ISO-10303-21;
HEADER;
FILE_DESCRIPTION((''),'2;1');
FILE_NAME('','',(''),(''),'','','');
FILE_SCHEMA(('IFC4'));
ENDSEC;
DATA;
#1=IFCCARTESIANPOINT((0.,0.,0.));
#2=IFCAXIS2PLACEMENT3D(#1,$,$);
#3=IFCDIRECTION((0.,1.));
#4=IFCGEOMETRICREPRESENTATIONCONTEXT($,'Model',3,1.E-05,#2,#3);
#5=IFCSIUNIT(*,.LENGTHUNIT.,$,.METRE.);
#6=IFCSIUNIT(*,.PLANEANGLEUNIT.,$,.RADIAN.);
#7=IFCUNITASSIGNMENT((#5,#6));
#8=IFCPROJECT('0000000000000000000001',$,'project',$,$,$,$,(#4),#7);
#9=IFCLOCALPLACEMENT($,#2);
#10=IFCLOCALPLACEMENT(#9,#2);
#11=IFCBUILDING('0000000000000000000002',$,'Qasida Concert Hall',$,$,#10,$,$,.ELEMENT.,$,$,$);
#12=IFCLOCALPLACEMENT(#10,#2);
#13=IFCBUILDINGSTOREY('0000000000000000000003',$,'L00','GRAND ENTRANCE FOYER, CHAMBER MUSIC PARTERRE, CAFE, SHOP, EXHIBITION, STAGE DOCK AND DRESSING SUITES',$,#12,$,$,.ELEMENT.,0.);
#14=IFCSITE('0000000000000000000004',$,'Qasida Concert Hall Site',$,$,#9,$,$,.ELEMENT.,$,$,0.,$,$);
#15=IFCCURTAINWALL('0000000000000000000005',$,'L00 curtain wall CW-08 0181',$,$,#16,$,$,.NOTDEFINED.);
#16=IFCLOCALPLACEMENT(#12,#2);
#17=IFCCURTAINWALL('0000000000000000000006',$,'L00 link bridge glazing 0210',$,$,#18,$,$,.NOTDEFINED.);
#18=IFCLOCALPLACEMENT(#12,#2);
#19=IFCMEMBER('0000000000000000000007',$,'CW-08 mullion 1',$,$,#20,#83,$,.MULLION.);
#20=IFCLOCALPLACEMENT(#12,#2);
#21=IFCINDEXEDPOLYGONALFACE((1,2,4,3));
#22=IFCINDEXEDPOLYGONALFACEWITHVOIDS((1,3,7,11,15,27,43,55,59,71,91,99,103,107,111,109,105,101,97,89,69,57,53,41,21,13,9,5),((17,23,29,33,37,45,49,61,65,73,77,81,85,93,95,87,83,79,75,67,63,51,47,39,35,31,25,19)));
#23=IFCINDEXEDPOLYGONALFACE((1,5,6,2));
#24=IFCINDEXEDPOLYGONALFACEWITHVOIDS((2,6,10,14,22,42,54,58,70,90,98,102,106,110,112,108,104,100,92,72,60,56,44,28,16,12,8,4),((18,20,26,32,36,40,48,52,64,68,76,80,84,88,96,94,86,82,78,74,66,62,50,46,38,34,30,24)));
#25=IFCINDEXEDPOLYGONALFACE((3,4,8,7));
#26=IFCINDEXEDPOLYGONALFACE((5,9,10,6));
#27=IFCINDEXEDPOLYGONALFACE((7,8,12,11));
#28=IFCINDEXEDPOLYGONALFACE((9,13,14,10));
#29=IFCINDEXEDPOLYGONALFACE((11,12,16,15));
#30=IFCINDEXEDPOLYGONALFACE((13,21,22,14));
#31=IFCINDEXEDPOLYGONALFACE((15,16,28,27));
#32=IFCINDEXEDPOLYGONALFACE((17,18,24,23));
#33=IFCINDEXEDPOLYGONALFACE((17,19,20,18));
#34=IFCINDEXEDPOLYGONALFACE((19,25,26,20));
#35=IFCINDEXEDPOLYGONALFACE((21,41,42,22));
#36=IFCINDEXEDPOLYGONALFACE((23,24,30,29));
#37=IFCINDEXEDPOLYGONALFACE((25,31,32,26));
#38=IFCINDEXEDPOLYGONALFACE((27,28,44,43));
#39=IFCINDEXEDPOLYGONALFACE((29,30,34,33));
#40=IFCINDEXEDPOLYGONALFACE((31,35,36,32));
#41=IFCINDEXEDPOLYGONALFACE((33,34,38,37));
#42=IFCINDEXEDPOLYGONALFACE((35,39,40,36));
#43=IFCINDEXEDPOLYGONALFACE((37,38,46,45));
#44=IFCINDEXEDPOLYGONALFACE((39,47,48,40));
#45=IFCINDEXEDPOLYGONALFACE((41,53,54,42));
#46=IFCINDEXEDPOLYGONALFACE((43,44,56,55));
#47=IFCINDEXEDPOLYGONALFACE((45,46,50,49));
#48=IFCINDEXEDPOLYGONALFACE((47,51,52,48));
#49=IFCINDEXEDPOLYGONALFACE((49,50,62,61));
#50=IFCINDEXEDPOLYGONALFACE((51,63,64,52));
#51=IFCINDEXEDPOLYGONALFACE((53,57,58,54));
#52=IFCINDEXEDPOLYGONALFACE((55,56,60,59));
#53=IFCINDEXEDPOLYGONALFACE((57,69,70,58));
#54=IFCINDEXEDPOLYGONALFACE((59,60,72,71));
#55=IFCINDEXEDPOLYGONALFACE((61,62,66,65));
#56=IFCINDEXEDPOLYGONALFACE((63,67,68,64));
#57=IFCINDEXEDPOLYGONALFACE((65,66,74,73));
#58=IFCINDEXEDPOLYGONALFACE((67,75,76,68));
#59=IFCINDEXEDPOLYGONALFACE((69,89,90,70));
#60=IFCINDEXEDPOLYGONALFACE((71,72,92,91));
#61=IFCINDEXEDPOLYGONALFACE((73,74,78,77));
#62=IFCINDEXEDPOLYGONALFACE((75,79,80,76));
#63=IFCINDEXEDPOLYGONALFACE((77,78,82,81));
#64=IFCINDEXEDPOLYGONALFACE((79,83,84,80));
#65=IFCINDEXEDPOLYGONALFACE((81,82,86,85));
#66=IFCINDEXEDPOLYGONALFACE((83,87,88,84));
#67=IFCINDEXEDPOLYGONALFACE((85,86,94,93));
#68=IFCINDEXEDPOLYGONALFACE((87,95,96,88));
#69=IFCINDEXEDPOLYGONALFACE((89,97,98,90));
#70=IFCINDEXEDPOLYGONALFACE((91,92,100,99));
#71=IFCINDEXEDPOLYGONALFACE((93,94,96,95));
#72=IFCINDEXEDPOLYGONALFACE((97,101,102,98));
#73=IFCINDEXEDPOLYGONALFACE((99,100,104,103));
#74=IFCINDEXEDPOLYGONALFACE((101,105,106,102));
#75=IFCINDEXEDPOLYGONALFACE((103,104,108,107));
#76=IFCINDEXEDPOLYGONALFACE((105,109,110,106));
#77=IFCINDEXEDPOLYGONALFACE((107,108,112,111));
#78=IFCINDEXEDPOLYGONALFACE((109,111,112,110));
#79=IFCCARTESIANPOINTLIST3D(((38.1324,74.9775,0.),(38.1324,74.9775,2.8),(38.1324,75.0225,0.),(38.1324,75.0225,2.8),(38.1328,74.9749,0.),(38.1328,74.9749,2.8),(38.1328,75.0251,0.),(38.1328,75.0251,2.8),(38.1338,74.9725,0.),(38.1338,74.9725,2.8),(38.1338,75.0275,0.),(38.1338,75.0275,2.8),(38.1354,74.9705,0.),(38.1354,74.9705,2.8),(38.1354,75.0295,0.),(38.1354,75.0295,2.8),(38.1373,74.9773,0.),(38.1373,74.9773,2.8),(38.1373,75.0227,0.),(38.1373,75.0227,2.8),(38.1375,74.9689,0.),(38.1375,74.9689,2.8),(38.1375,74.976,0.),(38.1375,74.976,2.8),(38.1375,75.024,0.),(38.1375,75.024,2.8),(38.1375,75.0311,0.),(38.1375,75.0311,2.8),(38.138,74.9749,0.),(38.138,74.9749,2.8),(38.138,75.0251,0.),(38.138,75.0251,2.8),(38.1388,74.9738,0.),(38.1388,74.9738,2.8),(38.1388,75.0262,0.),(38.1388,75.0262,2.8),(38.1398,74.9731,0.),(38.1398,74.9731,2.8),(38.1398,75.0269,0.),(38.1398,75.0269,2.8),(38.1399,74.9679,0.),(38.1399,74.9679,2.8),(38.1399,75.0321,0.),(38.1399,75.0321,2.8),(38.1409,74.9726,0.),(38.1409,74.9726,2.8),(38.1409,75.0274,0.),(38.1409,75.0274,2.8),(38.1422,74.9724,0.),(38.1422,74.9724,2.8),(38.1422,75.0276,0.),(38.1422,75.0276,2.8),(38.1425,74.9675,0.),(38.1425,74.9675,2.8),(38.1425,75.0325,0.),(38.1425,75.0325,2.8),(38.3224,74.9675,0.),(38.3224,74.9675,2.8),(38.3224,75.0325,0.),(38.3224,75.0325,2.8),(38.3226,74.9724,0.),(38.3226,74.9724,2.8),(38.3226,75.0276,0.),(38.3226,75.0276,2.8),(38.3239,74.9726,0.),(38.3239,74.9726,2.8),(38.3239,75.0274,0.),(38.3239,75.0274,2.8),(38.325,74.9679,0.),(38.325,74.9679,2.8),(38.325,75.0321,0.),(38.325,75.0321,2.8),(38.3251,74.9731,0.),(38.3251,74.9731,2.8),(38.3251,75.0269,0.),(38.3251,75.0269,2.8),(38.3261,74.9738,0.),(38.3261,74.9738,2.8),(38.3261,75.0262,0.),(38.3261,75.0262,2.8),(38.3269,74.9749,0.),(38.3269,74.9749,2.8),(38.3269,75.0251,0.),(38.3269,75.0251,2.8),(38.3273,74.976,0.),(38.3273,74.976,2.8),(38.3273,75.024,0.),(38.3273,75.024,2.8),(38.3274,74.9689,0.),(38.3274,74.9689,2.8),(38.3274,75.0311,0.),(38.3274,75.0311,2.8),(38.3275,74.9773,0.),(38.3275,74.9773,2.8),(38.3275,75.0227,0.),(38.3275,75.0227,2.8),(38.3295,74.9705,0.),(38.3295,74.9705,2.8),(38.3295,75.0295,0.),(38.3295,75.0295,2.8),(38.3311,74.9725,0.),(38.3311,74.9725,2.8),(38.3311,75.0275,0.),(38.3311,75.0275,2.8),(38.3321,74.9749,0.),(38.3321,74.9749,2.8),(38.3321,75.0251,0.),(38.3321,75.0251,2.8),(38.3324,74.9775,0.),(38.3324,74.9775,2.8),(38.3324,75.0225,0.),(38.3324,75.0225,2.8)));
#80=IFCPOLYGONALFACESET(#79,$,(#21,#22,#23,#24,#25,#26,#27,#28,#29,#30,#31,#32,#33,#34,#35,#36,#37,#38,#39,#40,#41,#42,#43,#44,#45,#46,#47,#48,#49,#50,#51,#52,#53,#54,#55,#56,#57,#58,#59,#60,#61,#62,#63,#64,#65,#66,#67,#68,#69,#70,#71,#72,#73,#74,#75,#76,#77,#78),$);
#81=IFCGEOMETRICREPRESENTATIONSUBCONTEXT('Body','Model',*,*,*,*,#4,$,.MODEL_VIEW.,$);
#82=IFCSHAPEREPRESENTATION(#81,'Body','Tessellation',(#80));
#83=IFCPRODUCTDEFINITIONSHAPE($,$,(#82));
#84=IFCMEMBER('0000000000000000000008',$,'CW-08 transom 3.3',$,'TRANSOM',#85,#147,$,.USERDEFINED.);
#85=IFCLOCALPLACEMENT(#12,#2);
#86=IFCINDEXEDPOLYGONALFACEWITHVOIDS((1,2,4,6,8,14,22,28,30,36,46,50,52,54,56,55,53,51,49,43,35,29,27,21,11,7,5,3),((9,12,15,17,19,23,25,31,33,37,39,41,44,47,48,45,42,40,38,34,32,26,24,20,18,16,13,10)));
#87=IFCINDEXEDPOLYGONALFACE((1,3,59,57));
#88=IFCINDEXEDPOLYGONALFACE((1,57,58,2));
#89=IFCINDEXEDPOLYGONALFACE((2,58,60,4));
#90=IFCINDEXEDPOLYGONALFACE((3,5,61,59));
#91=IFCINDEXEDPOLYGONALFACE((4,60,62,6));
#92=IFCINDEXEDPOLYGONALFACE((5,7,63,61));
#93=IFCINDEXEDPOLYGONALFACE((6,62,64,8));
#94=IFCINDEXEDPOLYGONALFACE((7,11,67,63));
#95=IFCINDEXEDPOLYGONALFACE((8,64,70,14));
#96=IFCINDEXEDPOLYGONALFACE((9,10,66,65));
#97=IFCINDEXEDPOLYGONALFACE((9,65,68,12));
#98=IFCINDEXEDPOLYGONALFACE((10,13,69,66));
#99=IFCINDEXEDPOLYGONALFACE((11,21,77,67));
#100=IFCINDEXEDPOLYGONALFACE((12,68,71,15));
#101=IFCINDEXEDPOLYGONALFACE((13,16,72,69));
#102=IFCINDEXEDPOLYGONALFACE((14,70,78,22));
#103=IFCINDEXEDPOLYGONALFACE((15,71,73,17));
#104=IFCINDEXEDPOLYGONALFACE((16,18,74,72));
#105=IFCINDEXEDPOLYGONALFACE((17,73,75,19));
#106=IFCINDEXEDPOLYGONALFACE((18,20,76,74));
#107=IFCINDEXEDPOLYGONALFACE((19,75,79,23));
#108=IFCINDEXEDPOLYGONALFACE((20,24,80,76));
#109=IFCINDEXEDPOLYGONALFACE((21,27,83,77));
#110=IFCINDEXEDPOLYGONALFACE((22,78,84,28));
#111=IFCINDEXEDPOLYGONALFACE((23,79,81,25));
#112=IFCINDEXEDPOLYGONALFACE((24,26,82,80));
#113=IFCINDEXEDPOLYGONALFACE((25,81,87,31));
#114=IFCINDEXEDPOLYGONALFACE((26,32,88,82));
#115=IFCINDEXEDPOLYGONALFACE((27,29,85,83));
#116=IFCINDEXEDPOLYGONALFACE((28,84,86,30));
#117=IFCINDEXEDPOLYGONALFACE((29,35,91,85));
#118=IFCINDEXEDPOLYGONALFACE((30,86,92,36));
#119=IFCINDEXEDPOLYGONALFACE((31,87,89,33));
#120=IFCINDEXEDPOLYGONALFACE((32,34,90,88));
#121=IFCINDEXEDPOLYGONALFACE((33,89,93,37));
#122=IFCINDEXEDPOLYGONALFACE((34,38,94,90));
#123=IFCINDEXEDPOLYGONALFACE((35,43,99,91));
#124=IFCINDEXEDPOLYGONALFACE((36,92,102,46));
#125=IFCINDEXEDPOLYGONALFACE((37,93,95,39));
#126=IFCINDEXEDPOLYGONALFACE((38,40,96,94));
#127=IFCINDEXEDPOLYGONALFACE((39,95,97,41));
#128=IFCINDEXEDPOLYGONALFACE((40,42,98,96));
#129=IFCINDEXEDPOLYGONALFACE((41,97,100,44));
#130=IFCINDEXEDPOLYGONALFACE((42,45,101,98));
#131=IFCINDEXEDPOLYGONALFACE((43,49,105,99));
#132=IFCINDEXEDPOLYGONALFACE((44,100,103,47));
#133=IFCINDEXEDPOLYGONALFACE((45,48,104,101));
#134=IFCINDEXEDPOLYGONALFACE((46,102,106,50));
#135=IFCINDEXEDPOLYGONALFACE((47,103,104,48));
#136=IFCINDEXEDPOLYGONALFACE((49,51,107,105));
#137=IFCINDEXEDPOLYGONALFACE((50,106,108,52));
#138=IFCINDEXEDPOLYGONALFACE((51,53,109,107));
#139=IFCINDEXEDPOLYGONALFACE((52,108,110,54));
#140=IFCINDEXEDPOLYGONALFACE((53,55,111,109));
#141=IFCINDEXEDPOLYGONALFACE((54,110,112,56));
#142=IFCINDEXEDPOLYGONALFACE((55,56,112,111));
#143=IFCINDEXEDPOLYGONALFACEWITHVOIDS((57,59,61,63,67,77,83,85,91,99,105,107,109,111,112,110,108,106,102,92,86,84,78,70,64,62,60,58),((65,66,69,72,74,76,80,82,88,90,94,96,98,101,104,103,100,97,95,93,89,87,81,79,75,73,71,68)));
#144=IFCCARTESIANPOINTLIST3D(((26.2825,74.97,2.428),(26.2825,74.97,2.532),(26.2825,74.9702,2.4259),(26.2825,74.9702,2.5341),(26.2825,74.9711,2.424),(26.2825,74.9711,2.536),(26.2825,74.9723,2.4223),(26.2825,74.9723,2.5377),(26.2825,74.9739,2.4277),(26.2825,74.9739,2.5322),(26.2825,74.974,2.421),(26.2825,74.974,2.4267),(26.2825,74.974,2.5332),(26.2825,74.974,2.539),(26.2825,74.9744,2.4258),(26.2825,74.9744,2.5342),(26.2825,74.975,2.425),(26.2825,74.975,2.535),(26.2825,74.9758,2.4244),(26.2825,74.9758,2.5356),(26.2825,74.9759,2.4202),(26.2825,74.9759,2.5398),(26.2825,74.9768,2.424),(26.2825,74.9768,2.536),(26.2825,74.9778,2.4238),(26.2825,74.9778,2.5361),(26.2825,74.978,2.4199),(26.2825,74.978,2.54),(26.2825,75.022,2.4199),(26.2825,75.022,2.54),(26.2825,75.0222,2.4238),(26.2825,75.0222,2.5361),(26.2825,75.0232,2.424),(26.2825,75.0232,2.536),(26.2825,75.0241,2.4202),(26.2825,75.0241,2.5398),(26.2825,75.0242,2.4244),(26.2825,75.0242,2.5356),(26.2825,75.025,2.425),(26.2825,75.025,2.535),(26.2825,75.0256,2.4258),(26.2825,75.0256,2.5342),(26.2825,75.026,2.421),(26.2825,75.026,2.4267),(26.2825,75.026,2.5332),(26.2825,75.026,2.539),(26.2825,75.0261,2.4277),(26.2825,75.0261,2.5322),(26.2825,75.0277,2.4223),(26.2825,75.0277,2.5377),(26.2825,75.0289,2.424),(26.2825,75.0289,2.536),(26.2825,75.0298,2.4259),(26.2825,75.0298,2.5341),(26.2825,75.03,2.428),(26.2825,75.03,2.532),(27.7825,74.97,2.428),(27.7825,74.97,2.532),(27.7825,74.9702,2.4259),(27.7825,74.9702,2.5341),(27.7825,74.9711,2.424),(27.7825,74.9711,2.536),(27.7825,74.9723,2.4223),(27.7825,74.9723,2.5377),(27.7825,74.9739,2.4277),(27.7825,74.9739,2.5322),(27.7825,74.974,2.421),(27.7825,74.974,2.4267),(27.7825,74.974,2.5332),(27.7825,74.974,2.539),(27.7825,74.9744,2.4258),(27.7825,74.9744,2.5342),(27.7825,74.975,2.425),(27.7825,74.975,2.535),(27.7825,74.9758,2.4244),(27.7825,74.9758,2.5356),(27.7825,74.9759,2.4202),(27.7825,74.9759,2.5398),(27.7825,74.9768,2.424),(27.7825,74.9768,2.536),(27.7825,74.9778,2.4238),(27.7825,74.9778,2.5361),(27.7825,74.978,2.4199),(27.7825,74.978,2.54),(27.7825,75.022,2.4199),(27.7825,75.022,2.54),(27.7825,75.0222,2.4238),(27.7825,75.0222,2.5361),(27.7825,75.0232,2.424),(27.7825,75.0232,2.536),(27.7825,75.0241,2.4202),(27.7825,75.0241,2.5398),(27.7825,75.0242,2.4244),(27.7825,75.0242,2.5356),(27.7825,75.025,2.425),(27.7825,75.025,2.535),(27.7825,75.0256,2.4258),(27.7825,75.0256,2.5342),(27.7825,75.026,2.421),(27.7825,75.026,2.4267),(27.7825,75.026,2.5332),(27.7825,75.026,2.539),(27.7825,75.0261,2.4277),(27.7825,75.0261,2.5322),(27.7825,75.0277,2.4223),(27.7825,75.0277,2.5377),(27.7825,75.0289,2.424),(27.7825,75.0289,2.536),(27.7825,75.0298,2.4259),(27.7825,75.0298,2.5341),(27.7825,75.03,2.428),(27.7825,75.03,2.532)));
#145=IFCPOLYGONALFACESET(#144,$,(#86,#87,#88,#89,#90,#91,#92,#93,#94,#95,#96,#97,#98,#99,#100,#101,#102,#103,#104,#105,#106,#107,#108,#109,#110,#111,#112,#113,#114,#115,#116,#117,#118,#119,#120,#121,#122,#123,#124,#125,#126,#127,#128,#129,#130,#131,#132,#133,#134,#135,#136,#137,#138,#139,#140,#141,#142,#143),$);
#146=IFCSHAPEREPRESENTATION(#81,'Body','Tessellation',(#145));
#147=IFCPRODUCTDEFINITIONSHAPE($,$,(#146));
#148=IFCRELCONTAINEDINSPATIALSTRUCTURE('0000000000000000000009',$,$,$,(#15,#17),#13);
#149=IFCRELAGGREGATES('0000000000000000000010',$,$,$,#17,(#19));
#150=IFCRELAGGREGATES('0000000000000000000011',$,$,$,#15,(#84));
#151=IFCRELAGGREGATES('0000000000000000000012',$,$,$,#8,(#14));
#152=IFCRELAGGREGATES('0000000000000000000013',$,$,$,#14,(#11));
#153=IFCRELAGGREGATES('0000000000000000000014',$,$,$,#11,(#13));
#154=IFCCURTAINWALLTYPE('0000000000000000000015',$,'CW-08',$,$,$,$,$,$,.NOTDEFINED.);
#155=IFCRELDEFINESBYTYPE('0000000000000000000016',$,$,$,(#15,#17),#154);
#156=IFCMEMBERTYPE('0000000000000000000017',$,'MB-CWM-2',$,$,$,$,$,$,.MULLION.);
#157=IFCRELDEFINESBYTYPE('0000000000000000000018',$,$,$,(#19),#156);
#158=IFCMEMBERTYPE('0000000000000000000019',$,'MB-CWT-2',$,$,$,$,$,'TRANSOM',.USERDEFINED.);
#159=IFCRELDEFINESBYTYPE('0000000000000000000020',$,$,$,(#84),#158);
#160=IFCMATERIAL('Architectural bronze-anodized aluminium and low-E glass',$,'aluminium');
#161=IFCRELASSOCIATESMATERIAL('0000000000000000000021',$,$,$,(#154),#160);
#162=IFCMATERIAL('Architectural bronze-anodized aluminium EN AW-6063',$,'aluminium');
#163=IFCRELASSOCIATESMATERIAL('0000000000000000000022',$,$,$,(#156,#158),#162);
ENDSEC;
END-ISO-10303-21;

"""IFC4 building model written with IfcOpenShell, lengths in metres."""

from ifc_helpers import new_model, si_unit, direction, frame, origin, origin_2d, place, context, subcontext, project, spatial, hollow_rectangle, extrude, material, material_profile, profile_set, type_object, element, aggregate, save


model = new_model("IFC4")

# Units and contexts
model_context = context("Model", 3, precision=1e-05, world=origin(), true_north=direction((0.0, 1.0)))
body_context = subcontext(model_context, "Body", "Model", "MODEL_VIEW")
ifc_project = project(units=[si_unit("LENGTHUNIT", "METRE"), si_unit("PLANEANGLEUNIT", "RADIAN")], contexts=[model_context])

# Site, building, storey
site_placement = place(None, origin())
site = spatial("IfcSite", under=ifc_project, at=site_placement, Name="Qasida Concert Hall Site", CompositionType="ELEMENT", RefElevation=0.0)
building_placement = place(site_placement, origin())
building = spatial("IfcBuilding", under=site, at=building_placement, Name="Qasida Concert Hall", CompositionType="ELEMENT")
storey_placement = place(building_placement, origin())
storey = spatial("IfcBuildingStorey", under=building, at=storey_placement, Name="L00", Description="GRAND ENTRANCE FOYER, CHAMBER MUSIC PARTERRE, CAFE, SHOP, EXHIBITION, STAGE DOCK AND DRESSING SUITES", CompositionType="ELEMENT", Elevation=0.0)

# Curtain wall
ifc_material_1 = material(Name="Architectural bronze-anodized aluminium and low-E glass", Category="aluminium")
curtain_wall_type = type_object("IfcCurtainWallType", Name="CW-08", PredefinedType="NOTDEFINED", material=ifc_material_1)
curtain_wall_1_placement = place(storey_placement, origin())
curtain_wall_1 = element("IfcCurtainWall", 1, at=curtain_wall_1_placement, inside=storey, type_object=curtain_wall_type, Name="L00 curtain wall CW-08 0181", PredefinedType="NOTDEFINED")
ifc_material_2 = material(Name="Architectural bronze-anodized aluminium EN AW-6063", Category="aluminium")
ifc_material_profile_1 = material_profile(ifc_material_2, hollow_rectangle(XDim=0.0649, YDim=0.2, WallThickness=0.0049, InnerFilletRadius=0.0049, OuterFilletRadius=0.01, at=origin_2d()), Name="CWM 200x65x5")
ifc_profile_set_1 = profile_set([ifc_material_profile_1], Name="Architectural bronze-anodized aluminium EN AW-6063")
member_type_1 = type_object("IfcMemberType", Name="MB-CWM-2", PredefinedType="MULLION", material=ifc_profile_set_1)

# Curtain wall, member
curtain_wall_2_placement = place(storey_placement, origin())
curtain_wall_2 = element("IfcCurtainWall", 2, at=curtain_wall_2_placement, inside=storey, type_object=curtain_wall_type, Name="L00 link bridge glazing 0210", PredefinedType="NOTDEFINED")
member_1_placement = place(storey_placement, frame((38.2324, 75.0, 0.0), z_axis=(0.0, 0.0, 1.0), x_axis=(0.0, 1.0, 0.0)))
member_1 = element("IfcMember", 3, at=member_1_placement, type_object=member_type_1, Name="CW-08 mullion 1", PredefinedType="MULLION", context=body_context, shape_type="SweptSolid", body=[
    extrude(hollow_rectangle(XDim=0.0649, YDim=0.2, WallThickness=0.0049, InnerFilletRadius=0.0049, OuterFilletRadius=0.01, at=origin_2d()), origin(), (0.0, 0.0, 1.0), 2.8),
])

# Member
ifc_material_profile_2 = material_profile(ifc_material_2, hollow_rectangle(XDim=0.0601, YDim=0.1201, WallThickness=0.0039, InnerFilletRadius=0.0039, OuterFilletRadius=0.0081, at=origin_2d()), Name="CWT 120x60x4")
ifc_profile_set_2 = profile_set([ifc_material_profile_2], Name="Architectural bronze-anodized aluminium EN AW-6063")
member_type_2 = type_object("IfcMemberType", Name="MB-CWT-2", ElementType="TRANSOM", PredefinedType="USERDEFINED", material=ifc_profile_set_2)
member_2_placement = place(storey_placement, frame((26.2825, 75.0, 2.48), z_axis=(1.0, 0.0, 0.0), x_axis=(0.0, 1.0, 0.0)))
member_2 = element("IfcMember", 4, at=member_2_placement, type_object=member_type_2, Name="CW-08 transom 3.3", ObjectType="TRANSOM", PredefinedType="USERDEFINED", context=body_context, shape_type="SweptSolid", body=[
    extrude(hollow_rectangle(XDim=0.0601, YDim=0.1201, WallThickness=0.0039, InnerFilletRadius=0.0039, OuterFilletRadius=0.0081, at=origin_2d()), origin(), (0.0, 0.0, 1.0), 1.5),
])
aggregate(curtain_wall_2, [member_1])

aggregate(curtain_wall_1, [member_2])

save(model, "model.ifc")
